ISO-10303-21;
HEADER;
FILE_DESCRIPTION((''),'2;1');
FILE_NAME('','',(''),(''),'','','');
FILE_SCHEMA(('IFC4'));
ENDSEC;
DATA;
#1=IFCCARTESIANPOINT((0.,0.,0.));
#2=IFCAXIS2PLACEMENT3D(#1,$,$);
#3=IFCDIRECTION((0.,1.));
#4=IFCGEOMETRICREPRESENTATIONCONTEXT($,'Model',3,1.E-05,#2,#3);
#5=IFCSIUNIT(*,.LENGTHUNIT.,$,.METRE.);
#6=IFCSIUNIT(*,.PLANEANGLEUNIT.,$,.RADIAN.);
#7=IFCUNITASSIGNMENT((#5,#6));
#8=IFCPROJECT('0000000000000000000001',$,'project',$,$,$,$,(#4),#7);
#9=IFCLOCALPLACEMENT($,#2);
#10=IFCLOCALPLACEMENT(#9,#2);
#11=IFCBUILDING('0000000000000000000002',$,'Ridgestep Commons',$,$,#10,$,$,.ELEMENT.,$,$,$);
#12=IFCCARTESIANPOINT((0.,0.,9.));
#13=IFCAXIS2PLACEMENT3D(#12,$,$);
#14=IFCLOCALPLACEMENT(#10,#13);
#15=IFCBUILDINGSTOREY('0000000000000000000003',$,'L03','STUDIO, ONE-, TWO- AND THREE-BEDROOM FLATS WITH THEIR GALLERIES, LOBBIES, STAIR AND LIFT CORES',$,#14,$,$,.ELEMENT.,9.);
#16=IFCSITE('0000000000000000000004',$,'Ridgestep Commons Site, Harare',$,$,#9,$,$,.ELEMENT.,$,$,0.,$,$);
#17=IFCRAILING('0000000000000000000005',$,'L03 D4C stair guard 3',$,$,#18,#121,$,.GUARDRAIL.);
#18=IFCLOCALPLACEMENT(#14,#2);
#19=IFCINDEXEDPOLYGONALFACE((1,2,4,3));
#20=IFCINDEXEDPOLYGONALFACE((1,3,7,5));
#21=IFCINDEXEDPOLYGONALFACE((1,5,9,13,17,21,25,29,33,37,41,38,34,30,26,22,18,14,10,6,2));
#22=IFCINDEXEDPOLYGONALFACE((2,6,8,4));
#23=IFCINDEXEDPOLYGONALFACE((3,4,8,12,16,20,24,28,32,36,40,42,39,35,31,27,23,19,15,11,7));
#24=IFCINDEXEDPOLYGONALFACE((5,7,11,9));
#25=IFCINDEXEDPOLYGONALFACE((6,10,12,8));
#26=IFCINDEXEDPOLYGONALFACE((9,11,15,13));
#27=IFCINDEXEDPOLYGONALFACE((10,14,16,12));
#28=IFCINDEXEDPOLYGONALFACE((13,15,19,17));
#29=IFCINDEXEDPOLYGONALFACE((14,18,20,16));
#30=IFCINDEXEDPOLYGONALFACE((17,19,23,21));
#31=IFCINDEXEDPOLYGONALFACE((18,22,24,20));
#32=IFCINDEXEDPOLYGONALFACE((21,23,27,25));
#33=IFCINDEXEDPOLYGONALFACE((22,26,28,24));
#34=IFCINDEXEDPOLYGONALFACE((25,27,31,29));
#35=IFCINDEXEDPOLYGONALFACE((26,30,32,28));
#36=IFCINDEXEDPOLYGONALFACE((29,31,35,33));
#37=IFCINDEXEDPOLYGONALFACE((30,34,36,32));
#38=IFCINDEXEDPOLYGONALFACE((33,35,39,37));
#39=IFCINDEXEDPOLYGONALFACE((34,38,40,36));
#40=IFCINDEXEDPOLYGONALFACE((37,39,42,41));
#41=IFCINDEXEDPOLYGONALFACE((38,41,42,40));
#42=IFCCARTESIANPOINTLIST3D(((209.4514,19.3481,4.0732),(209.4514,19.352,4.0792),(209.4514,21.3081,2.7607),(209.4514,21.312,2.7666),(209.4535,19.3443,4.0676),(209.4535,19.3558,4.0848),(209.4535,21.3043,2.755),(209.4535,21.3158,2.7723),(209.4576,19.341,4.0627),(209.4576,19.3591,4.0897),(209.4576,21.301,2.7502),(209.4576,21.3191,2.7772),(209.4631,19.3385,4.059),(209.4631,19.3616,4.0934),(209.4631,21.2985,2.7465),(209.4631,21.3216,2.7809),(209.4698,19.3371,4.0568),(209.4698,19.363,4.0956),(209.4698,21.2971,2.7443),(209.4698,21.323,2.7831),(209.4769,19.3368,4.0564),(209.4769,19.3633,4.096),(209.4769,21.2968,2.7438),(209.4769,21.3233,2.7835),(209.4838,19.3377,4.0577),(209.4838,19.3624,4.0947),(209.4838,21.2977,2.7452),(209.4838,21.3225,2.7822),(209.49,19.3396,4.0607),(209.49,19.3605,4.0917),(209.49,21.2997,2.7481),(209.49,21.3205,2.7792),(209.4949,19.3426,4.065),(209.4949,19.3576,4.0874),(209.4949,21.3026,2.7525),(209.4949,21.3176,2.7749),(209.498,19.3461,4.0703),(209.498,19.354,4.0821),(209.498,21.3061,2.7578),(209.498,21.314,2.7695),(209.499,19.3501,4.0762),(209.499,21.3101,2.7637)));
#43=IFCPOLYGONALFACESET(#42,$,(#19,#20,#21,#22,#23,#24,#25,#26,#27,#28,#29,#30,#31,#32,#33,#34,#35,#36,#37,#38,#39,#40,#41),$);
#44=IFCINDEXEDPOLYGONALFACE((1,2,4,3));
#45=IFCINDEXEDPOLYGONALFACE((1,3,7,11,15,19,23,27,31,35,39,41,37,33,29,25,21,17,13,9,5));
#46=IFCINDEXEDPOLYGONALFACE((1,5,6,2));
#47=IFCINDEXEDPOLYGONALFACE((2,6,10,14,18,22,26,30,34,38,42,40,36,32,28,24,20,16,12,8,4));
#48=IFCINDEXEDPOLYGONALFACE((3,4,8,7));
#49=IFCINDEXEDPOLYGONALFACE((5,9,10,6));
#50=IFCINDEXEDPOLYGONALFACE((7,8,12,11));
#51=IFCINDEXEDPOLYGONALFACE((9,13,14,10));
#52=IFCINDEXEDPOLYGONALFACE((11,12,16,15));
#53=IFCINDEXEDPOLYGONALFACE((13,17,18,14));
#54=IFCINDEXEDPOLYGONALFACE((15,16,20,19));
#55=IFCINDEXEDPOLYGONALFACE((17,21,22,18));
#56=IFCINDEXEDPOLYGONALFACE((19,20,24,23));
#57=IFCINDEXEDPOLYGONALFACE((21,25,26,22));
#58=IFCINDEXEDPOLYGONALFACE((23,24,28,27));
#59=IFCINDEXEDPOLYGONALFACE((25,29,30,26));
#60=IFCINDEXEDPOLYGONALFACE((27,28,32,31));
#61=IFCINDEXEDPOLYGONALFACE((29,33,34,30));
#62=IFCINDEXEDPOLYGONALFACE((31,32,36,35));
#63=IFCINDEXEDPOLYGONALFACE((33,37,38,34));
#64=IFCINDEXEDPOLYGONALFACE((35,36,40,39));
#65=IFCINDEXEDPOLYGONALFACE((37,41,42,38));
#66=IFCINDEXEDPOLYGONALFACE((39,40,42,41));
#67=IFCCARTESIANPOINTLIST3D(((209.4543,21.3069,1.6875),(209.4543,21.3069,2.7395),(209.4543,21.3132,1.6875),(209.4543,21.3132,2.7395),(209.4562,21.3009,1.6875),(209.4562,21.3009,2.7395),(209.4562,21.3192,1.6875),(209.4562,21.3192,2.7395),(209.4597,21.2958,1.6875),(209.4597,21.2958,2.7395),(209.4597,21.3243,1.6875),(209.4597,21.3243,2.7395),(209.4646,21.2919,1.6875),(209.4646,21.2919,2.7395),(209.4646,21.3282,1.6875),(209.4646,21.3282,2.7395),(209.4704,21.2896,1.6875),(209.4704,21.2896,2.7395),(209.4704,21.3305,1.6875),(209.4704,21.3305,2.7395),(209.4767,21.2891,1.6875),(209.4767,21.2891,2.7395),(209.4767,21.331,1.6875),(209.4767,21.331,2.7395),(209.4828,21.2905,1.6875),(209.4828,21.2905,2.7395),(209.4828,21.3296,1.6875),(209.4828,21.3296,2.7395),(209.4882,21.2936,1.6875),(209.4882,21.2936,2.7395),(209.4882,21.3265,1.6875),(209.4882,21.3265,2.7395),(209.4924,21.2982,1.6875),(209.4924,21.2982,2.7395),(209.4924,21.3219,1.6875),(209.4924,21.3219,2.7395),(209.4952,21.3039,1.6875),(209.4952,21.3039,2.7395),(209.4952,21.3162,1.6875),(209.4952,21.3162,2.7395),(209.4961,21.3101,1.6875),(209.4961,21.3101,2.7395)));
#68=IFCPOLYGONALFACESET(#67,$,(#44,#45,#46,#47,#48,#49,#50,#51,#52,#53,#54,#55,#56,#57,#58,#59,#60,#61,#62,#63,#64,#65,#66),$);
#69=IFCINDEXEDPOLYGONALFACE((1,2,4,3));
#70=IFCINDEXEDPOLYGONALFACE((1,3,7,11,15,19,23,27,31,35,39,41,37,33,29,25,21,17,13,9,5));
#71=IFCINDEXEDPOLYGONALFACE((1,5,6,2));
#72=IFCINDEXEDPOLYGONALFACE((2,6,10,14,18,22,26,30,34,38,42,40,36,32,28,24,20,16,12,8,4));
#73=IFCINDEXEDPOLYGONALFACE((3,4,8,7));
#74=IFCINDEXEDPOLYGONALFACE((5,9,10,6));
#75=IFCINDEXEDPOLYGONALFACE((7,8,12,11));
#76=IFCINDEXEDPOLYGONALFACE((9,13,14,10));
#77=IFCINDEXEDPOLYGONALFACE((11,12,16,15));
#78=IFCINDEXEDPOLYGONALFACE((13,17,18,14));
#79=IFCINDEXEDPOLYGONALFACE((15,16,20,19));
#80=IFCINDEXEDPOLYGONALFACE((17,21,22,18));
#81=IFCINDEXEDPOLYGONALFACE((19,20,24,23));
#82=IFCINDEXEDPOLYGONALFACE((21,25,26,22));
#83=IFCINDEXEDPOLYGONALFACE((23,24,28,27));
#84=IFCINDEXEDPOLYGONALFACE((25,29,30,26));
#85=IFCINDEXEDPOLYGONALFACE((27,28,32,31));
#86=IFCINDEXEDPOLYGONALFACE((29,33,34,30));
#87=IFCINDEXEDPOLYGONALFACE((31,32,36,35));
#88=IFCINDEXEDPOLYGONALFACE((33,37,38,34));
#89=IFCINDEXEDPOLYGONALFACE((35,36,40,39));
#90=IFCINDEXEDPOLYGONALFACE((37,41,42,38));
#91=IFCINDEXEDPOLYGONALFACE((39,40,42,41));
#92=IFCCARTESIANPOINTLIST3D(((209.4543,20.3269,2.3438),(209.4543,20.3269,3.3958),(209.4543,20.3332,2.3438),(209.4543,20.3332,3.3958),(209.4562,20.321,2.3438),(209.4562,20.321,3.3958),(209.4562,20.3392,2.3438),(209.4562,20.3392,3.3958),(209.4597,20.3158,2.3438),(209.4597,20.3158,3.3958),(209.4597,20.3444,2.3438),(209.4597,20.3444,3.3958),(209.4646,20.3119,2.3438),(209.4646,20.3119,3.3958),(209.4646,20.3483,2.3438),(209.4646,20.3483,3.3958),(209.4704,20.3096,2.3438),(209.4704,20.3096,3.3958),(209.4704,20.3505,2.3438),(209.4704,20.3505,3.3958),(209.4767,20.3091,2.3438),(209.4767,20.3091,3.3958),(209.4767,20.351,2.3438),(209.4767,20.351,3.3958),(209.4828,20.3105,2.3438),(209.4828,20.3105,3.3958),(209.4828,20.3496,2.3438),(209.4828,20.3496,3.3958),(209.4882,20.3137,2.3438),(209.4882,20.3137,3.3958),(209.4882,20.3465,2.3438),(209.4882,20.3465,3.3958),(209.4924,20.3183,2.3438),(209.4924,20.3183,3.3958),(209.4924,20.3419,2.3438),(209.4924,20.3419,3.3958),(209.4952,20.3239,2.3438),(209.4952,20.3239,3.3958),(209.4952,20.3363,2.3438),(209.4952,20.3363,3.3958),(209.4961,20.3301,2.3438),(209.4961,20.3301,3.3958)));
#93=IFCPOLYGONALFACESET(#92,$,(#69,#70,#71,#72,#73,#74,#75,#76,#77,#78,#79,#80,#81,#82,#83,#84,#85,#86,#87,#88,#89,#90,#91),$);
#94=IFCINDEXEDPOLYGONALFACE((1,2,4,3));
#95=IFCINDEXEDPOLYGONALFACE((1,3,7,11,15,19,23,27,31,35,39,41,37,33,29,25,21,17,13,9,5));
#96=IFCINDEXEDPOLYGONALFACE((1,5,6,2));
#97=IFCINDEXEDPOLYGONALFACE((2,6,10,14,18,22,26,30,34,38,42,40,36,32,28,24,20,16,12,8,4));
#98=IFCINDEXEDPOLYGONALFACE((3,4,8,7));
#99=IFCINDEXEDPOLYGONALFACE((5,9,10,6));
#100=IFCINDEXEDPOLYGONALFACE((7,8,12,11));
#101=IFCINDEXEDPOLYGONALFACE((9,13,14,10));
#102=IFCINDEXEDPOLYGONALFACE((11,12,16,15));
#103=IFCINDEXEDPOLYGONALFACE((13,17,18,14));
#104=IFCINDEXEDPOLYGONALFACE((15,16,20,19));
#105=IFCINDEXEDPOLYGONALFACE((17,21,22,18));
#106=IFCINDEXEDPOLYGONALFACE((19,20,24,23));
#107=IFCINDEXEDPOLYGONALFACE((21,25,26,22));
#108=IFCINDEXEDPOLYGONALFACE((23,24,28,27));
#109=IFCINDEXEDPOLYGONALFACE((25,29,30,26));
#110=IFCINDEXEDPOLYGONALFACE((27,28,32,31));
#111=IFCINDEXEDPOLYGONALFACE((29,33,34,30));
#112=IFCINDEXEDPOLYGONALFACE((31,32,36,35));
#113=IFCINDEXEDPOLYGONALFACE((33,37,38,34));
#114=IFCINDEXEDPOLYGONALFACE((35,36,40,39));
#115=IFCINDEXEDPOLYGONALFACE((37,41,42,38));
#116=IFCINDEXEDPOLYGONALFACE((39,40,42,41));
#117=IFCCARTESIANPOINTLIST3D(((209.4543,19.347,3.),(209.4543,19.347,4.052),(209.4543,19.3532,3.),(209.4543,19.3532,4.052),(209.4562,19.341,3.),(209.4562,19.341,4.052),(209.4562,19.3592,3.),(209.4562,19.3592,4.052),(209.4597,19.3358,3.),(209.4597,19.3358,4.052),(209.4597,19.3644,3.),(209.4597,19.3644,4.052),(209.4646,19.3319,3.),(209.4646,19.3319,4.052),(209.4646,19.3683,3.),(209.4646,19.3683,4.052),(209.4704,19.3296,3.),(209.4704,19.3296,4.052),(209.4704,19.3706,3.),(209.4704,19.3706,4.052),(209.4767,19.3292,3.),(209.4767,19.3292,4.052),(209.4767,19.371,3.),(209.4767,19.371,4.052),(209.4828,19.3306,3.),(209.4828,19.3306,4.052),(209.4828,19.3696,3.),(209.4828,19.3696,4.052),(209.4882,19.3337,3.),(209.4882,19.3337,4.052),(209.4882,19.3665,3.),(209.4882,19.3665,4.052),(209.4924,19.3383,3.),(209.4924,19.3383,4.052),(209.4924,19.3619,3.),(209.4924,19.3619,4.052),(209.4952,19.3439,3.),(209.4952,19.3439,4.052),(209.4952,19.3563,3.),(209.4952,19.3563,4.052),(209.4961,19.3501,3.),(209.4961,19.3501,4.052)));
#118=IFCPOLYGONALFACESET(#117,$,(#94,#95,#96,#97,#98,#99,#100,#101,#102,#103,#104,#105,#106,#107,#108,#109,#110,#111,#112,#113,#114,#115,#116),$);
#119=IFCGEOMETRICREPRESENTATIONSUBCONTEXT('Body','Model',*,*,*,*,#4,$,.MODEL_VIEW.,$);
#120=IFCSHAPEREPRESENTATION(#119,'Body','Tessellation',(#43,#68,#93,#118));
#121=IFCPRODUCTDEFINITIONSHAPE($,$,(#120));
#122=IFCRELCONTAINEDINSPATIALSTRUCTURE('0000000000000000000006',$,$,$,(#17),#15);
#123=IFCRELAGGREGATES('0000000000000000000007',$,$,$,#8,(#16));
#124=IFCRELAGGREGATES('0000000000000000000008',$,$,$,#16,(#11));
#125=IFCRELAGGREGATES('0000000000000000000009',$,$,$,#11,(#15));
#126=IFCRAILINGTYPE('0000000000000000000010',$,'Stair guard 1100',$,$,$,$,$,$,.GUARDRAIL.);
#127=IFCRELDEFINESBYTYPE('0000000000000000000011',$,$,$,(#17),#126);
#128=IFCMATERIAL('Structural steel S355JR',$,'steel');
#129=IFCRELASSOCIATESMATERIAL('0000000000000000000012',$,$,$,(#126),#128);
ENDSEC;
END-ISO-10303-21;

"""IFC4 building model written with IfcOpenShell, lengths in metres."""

from ifc_helpers import new_model, si_unit, direction, frame, origin, origin_2d, place, context, subcontext, project, spatial, circle, extrude, material, type_object, element, save


model = new_model("IFC4")

# Units and contexts
model_context = context("Model", 3, precision=1e-05, world=origin(), true_north=direction((0.0, 1.0)))
body_context = subcontext(model_context, "Body", "Model", "MODEL_VIEW")
ifc_project = project(units=[si_unit("LENGTHUNIT", "METRE"), si_unit("PLANEANGLEUNIT", "RADIAN")], contexts=[model_context])

# Site, building, storey
site_placement = place(None, origin())
site = spatial("IfcSite", under=ifc_project, at=site_placement, Name="Ridgestep Commons Site, Harare", CompositionType="ELEMENT", RefElevation=0.0)
building_placement = place(site_placement, origin())
building = spatial("IfcBuilding", under=site, at=building_placement, Name="Ridgestep Commons", CompositionType="ELEMENT")
storey_placement = place(building_placement, frame((0.0, 0.0, 9.0)))
storey = spatial("IfcBuildingStorey", under=building, at=storey_placement, Name="L03", Description="STUDIO, ONE-, TWO- AND THREE-BEDROOM FLATS WITH THEIR GALLERIES, LOBBIES, STAIR AND LIFT CORES", CompositionType="ELEMENT", Elevation=9.0)

# Railing
ifc_material_1 = material(Name="Structural steel S355JR", Category="steel")
railing_type_1 = type_object("IfcRailingType", Name="Stair guard 1100", PredefinedType="GUARDRAIL", material=ifc_material_1)
railing_1_placement = place(storey_placement, frame((209.4751, 21.3101, 1.6875)))
element("IfcRailing", 1, at=railing_1_placement, inside=storey, type_object=railing_type_1, Name="L03 D4C stair guard 3", PredefinedType="GUARDRAIL", context=body_context, shape_type="SweptSolid", body=[
    extrude(circle(Radius=0.0239, at=origin_2d()), frame((0.0, 0.0, 1.0762), z_axis=(0.0, -0.830902, 0.556419), x_axis=(1.0, 0.0, 0.0)), (0.0, 0.0, 1.0), 2.3589),
    extrude(circle(Radius=0.021, at=origin_2d()), origin(), (0.0, 0.0, 1.0), 1.052),
    extrude(circle(Radius=0.021, at=origin_2d()), frame((0.0, -0.98, 0.6562)), (0.0, 0.0, 1.0), 1.052),
    extrude(circle(Radius=0.021, at=origin_2d()), frame((0.0, -1.96, 1.3125)), (0.0, 0.0, 1.0), 1.052),
])

save(model, "model.ifc")
